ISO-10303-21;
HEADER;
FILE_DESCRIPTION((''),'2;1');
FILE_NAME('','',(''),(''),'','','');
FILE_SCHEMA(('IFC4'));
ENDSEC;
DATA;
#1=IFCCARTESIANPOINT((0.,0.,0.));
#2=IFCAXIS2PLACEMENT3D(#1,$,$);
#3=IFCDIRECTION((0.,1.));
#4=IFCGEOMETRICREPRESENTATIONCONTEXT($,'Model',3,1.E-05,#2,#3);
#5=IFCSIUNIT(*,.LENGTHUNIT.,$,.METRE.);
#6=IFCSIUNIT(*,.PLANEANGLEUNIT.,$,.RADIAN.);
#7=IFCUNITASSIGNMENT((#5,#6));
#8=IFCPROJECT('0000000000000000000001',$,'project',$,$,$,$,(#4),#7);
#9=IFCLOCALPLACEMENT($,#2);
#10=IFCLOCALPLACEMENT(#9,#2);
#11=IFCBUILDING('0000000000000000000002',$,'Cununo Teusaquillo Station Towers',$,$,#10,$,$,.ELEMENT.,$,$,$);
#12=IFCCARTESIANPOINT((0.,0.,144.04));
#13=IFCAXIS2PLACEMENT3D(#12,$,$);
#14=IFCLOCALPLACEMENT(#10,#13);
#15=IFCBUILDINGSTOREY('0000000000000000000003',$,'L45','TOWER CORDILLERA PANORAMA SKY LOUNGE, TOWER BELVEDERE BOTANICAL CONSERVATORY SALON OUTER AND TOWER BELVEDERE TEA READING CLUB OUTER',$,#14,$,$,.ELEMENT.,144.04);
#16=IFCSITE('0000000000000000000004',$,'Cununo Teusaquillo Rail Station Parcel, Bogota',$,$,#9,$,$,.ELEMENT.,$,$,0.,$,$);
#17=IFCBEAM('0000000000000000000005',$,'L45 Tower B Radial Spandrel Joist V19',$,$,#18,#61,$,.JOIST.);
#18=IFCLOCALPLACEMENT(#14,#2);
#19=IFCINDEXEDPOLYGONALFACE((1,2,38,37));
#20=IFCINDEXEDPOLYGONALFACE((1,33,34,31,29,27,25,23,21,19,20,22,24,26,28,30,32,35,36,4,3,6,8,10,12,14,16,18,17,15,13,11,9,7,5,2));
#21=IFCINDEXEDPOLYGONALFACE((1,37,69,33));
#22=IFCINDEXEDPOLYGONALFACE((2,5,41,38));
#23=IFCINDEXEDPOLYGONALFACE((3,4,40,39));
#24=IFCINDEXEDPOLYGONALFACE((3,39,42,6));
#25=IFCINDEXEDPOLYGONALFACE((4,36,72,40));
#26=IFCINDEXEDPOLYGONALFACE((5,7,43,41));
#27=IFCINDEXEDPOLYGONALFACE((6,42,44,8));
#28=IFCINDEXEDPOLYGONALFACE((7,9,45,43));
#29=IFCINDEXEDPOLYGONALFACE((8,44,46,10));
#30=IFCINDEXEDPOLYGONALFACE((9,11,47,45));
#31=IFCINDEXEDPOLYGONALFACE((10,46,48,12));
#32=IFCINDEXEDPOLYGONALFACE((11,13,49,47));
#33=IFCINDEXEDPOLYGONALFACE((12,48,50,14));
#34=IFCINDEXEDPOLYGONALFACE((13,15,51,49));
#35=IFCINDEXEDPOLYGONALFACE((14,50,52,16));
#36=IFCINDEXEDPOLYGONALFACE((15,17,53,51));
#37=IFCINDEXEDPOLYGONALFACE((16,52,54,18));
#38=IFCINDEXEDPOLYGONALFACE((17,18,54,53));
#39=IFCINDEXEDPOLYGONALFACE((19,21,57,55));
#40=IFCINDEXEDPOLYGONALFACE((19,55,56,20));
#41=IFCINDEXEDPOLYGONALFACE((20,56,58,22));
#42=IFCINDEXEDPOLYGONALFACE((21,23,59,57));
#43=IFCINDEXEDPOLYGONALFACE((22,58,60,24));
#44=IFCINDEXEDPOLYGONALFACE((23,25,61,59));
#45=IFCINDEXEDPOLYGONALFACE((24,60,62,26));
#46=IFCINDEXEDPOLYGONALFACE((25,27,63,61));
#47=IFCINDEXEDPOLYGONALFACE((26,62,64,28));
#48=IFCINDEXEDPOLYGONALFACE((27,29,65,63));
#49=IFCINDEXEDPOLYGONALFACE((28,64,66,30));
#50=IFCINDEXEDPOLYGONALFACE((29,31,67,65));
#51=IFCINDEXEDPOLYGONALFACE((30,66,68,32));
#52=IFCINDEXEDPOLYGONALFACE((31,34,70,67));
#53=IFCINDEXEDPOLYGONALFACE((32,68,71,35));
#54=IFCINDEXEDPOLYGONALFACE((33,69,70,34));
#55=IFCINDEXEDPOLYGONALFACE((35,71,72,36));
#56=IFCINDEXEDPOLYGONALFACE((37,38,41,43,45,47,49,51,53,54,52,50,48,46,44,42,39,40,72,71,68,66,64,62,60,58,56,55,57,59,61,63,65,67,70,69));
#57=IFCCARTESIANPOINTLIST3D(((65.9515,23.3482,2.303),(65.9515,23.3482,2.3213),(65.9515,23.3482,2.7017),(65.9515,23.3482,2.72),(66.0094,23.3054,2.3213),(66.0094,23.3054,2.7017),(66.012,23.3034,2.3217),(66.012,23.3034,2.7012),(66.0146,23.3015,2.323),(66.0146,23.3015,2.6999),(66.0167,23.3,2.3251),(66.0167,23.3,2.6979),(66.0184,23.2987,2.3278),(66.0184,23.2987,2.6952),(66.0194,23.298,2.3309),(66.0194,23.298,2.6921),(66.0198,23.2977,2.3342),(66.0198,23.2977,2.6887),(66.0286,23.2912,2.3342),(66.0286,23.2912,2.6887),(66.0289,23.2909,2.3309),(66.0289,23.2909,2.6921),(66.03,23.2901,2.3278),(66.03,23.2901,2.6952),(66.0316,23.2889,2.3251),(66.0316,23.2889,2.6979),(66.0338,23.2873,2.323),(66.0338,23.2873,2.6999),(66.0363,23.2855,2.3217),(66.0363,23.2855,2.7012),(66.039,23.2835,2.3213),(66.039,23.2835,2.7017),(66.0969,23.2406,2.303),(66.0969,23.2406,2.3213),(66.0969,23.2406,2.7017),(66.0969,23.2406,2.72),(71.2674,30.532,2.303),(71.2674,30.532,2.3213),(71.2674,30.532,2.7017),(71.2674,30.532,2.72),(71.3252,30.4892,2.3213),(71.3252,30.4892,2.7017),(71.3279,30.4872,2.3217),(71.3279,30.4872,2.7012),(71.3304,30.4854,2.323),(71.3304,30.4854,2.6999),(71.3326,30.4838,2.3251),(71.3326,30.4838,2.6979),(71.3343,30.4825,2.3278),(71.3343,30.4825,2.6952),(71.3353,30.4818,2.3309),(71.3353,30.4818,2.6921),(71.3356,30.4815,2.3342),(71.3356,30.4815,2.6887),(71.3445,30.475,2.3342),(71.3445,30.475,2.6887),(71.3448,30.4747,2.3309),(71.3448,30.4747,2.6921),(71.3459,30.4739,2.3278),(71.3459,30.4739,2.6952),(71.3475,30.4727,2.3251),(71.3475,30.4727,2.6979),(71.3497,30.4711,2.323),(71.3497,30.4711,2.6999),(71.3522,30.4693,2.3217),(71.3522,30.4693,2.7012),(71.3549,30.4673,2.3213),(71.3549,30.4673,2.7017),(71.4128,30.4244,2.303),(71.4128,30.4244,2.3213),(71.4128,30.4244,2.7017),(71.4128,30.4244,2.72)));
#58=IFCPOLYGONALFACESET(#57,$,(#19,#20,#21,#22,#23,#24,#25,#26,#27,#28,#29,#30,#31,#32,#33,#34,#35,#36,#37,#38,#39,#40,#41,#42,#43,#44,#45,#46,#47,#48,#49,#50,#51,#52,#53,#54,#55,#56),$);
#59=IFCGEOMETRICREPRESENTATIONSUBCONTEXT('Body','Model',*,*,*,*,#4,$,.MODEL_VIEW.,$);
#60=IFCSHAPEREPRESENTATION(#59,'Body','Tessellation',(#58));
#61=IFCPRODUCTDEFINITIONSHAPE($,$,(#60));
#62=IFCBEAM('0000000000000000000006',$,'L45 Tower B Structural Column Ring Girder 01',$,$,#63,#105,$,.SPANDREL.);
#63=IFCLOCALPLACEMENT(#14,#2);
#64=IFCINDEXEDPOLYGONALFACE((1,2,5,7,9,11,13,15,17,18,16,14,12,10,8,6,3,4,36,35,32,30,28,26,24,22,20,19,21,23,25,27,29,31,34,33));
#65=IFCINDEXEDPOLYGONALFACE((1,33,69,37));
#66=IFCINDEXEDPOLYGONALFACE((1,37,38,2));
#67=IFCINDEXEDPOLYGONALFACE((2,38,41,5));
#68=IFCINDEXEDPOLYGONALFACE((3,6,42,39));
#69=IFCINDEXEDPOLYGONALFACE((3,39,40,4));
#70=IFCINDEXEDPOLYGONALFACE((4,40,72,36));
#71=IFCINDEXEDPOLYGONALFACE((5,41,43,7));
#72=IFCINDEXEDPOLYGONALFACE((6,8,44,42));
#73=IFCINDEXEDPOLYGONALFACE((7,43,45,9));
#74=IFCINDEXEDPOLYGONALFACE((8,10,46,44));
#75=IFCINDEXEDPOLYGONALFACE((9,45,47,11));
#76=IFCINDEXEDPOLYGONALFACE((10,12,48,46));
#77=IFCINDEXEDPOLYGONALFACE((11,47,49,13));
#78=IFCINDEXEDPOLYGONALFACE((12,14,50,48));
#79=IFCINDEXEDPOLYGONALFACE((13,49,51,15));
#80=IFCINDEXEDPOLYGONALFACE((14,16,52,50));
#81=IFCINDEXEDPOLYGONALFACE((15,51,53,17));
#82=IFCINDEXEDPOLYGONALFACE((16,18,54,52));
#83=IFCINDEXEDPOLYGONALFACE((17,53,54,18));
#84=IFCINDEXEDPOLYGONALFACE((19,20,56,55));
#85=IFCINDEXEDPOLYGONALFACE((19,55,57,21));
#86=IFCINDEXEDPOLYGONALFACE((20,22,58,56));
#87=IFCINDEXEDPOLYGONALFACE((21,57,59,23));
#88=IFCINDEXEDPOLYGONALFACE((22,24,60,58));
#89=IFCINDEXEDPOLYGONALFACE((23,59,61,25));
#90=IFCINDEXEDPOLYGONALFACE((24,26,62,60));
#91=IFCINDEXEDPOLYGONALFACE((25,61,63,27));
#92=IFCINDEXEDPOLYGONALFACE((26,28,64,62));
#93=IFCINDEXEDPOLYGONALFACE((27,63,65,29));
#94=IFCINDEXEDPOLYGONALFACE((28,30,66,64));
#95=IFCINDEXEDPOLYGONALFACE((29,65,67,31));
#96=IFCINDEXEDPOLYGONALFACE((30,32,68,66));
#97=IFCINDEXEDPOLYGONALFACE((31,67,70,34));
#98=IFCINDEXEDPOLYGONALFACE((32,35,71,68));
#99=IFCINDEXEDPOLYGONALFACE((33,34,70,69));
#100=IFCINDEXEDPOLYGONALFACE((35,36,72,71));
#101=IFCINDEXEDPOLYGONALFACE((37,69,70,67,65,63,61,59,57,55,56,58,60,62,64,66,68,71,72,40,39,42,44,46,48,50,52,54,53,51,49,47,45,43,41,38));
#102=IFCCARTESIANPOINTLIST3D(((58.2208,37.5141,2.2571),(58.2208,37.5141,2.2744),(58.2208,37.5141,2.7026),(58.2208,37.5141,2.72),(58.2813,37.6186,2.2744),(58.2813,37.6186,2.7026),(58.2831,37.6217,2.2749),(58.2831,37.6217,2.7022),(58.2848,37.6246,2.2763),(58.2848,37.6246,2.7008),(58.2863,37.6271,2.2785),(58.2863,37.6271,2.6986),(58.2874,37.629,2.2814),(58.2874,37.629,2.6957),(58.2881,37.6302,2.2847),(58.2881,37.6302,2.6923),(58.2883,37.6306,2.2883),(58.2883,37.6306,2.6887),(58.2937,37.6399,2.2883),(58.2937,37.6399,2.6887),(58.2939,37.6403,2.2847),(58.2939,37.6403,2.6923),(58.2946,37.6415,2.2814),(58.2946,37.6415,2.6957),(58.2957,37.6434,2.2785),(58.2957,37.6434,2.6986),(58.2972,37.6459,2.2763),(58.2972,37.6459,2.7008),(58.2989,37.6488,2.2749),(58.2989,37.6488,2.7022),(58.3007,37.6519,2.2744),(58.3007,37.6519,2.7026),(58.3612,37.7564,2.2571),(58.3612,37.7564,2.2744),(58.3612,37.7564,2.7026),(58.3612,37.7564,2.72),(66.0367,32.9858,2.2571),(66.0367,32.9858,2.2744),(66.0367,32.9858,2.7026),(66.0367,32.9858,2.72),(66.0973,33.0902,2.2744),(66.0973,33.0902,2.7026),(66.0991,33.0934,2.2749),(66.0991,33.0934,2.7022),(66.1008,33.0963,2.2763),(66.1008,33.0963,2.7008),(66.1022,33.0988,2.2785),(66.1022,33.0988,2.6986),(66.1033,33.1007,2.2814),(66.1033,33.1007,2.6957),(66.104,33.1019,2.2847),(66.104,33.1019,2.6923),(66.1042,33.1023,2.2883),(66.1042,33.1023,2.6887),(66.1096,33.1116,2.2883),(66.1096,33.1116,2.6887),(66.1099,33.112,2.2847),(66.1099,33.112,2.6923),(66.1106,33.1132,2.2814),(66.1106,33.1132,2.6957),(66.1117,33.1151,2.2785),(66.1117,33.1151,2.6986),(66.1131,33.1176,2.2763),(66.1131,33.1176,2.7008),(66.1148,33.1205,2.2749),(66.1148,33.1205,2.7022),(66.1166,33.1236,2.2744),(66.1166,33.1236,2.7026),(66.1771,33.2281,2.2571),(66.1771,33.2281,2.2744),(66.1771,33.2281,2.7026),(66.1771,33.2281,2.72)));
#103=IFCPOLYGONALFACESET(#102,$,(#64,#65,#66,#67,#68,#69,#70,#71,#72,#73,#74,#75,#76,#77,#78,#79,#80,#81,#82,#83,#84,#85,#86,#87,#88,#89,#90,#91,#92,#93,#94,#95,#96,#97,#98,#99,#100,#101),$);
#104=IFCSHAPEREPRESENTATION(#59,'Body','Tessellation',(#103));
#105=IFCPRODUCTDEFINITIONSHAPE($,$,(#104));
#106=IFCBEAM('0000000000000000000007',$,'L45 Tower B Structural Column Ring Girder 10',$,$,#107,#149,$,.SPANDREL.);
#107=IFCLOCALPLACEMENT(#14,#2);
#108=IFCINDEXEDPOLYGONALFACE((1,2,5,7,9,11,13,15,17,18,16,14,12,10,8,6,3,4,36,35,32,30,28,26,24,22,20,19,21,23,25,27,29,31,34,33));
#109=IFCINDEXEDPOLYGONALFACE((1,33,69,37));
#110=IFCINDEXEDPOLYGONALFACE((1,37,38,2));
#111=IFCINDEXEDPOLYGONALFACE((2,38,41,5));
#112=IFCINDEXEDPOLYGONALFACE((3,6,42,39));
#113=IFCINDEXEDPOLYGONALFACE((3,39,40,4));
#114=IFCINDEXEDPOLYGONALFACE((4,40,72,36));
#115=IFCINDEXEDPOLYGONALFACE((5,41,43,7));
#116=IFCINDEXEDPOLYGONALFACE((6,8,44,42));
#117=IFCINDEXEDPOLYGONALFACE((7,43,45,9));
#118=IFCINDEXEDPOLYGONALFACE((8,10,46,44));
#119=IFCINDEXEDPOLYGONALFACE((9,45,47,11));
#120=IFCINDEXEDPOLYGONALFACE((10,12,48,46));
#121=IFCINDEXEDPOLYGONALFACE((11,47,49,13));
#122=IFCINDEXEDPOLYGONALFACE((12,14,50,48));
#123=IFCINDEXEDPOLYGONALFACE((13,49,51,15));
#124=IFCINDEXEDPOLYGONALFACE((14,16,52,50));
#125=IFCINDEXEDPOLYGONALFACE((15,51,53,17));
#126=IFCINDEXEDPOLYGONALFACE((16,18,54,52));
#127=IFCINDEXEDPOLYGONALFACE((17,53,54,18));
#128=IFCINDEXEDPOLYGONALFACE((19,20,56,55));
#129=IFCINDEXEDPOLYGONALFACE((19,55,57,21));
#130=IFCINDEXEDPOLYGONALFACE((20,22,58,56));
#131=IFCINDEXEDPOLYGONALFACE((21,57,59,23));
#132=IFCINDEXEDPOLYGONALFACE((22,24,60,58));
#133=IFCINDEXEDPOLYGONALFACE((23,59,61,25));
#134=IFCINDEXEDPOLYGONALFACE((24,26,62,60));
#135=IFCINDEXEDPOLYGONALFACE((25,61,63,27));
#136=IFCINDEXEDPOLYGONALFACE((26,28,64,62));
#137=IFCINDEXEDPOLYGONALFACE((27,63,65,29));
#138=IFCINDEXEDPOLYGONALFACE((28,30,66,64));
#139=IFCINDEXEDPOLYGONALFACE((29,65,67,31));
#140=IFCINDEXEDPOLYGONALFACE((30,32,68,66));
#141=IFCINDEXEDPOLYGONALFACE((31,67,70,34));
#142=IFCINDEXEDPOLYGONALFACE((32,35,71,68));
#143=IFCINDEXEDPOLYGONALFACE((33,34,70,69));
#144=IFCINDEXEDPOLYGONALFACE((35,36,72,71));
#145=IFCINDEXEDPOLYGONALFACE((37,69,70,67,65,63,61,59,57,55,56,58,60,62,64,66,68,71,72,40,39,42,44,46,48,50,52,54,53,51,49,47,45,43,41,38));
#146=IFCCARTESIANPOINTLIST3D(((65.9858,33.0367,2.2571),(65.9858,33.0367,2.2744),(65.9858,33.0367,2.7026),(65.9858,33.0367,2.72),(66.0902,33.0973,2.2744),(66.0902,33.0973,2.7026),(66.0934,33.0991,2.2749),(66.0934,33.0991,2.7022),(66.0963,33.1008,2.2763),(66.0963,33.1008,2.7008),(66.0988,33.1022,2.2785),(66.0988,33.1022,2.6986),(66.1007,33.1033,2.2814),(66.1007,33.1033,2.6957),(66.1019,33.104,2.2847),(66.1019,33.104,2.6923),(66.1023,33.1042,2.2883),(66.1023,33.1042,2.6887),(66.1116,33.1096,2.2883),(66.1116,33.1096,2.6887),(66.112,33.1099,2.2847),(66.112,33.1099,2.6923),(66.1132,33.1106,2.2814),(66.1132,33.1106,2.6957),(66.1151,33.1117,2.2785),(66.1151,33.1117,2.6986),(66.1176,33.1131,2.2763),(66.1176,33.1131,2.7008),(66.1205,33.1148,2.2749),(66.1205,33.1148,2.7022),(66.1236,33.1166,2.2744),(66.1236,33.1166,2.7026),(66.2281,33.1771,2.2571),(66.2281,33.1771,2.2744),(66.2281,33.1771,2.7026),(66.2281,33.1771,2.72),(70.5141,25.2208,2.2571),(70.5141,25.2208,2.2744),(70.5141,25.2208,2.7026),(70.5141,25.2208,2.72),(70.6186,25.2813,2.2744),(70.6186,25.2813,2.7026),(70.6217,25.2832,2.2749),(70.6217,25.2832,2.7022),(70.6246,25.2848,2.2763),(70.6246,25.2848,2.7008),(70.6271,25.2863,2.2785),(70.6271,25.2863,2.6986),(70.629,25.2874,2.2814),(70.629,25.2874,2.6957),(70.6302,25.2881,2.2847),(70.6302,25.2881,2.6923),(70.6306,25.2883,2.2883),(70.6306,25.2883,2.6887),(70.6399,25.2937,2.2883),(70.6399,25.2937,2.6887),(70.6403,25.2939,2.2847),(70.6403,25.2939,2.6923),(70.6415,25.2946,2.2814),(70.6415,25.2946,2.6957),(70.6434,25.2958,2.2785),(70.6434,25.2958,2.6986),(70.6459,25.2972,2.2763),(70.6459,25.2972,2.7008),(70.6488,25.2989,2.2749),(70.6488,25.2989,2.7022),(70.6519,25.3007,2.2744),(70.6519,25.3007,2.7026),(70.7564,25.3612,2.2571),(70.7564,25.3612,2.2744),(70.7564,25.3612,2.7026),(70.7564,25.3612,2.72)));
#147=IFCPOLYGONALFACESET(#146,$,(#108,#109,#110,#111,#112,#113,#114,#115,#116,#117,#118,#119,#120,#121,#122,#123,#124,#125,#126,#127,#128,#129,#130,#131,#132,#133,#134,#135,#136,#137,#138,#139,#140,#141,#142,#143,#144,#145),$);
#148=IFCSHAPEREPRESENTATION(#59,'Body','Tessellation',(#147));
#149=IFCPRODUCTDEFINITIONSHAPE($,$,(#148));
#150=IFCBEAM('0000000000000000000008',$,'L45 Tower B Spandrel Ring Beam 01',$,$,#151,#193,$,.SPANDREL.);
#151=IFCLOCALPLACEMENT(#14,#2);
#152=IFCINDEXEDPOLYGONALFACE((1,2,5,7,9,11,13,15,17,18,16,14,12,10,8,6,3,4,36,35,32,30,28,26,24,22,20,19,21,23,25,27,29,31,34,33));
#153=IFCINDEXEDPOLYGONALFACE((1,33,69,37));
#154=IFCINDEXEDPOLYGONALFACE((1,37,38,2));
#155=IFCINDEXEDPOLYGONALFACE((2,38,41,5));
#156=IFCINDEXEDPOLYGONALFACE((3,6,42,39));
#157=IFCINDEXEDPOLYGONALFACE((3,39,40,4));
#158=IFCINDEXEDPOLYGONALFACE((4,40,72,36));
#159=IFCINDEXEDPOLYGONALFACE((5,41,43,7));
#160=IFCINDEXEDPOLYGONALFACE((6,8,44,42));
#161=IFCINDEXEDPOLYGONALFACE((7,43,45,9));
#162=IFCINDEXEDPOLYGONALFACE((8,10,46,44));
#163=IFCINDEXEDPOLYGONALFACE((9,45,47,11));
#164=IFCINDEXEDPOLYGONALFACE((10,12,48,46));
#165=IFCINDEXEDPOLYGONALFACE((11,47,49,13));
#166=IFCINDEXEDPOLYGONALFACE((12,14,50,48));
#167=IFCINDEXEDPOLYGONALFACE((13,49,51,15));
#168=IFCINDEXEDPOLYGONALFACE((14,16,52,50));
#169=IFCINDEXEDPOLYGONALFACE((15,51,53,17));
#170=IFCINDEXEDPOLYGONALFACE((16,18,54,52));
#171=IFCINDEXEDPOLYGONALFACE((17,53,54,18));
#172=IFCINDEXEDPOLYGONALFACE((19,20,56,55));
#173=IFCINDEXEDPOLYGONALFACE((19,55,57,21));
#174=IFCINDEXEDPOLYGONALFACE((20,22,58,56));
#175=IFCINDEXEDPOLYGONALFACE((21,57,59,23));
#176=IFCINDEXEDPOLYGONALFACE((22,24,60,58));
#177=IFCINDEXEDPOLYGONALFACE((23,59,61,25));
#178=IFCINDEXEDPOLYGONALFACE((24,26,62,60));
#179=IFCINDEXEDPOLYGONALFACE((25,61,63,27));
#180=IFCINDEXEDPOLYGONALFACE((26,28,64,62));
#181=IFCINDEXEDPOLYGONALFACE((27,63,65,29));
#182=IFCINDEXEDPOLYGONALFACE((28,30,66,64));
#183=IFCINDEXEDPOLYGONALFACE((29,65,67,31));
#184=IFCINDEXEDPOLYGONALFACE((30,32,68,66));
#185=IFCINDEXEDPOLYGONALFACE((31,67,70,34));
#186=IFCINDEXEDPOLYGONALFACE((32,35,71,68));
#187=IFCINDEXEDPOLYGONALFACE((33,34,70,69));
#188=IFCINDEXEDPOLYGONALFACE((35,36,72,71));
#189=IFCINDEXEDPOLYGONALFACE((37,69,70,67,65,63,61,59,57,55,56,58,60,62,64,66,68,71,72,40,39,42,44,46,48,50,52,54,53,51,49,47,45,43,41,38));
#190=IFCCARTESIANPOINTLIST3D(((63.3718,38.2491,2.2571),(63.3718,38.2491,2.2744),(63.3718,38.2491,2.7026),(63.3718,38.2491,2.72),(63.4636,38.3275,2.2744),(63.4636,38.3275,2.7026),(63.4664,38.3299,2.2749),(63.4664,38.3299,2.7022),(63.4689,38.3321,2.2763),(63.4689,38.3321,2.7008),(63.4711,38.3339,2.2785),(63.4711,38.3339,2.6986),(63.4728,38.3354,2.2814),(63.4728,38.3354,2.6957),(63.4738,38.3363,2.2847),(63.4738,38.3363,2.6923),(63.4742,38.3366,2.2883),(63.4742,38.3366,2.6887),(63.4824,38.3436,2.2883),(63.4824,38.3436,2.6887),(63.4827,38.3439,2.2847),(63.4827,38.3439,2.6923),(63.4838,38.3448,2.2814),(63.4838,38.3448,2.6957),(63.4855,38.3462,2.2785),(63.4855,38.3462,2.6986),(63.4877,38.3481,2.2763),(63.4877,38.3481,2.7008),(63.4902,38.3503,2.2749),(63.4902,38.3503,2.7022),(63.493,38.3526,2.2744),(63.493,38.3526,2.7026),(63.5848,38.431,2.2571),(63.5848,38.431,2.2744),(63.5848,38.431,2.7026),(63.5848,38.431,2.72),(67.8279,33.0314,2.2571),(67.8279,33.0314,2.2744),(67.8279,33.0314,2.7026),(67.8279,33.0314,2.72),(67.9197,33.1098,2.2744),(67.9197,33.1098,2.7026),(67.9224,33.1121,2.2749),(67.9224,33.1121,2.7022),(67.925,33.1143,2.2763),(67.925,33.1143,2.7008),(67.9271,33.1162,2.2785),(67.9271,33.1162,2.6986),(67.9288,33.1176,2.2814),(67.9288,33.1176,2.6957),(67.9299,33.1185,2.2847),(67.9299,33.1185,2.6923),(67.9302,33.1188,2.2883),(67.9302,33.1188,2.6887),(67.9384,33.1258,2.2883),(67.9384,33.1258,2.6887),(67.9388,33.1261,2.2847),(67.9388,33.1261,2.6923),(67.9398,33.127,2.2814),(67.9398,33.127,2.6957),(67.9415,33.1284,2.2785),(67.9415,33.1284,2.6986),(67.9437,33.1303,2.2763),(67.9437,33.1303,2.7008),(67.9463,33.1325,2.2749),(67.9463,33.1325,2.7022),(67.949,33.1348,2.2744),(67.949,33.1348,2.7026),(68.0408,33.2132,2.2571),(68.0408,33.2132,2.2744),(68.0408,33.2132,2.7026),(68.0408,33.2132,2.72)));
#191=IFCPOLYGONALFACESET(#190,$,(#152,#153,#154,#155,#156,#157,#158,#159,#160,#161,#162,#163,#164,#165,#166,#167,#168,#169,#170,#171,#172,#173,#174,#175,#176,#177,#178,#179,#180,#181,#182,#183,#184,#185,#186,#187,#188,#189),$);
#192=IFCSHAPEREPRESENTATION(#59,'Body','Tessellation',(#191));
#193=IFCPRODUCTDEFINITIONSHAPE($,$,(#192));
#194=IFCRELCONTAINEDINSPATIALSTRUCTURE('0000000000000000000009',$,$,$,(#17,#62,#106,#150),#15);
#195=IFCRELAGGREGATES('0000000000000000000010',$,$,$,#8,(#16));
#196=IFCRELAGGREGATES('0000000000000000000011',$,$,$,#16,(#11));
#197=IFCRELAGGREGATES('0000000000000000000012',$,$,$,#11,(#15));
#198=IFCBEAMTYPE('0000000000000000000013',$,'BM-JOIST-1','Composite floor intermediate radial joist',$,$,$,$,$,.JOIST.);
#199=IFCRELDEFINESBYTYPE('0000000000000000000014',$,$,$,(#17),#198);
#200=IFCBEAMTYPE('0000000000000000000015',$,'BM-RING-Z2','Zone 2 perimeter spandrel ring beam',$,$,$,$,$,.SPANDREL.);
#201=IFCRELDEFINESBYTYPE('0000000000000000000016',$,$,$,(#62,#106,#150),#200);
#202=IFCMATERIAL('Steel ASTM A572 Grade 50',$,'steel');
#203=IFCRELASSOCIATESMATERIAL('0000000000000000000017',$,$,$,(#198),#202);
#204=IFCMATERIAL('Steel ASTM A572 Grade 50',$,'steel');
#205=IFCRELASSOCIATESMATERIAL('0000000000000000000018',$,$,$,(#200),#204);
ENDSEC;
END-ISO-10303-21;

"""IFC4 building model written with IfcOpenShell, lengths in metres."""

from ifc_helpers import new_model, si_unit, direction, frame, origin, origin_2d, place, context, subcontext, project, spatial, i_section, extrude, material, material_profile, profile_set, type_object, element, save


model = new_model("IFC4")

# Units and contexts
model_context = context("Model", 3, precision=1e-05, world=origin(), true_north=direction((0.0, 1.0)))
body_context = subcontext(model_context, "Body", "Model", "MODEL_VIEW")
ifc_project = project(units=[si_unit("LENGTHUNIT", "METRE"), si_unit("PLANEANGLEUNIT", "RADIAN")], contexts=[model_context])

# Site, building, storey
site_placement = place(None, origin())
site = spatial("IfcSite", under=ifc_project, at=site_placement, Name="Cununo Teusaquillo Rail Station Parcel, Bogota", CompositionType="ELEMENT", RefElevation=0.0)
building_placement = place(site_placement, origin())
building = spatial("IfcBuilding", under=site, at=building_placement, Name="Cununo Teusaquillo Station Towers", CompositionType="ELEMENT")
storey_placement = place(building_placement, frame((0.0, 0.0, 144.04)))
storey = spatial("IfcBuildingStorey", under=building, at=storey_placement, Name="L45", Description="TOWER CORDILLERA PANORAMA SKY LOUNGE, TOWER BELVEDERE BOTANICAL CONSERVATORY SALON OUTER AND TOWER BELVEDERE TEA READING CLUB OUTER", CompositionType="ELEMENT", Elevation=144.04)

# Beams
ifc_material_1 = material(Name="Steel ASTM A572 Grade 50", Category="steel")
ifc_material_profile_1 = material_profile(ifc_material_1, i_section(OverallWidth=0.1809, OverallDepth=0.417, WebThickness=0.011, FlangeThickness=0.0183, FilletRadius=0.0129, at=origin_2d()), Name="W16X57")
ifc_profile_set_1 = profile_set([ifc_material_profile_1], Name="Steel ASTM A572 Grade 50")
beam_type_1 = type_object("IfcBeamType", Name="BM-JOIST-1", Description="Composite floor intermediate radial joist", PredefinedType="JOIST", material=ifc_profile_set_1)
beam_1_placement = place(storey_placement, frame((66.0242, 23.2944, 2.5115), z_axis=(0.594834, 0.803848, 0.0), x_axis=(-0.803848, 0.594834, 0.0)))
element("IfcBeam", 1, at=beam_1_placement, inside=storey, type_object=beam_type_1, Name="L45 Tower B Radial Spandrel Joist V19", PredefinedType="JOIST", context=body_context, shape_type="SweptSolid", body=[
    extrude(i_section(OverallWidth=0.1809, OverallDepth=0.417, WebThickness=0.011, FlangeThickness=0.0183, FilletRadius=0.0129, at=origin_2d()), origin(), (0.0, 0.0, 1.0), 8.9368),
])
ifc_material_2 = material(Name="Steel ASTM A572 Grade 50", Category="steel")
ifc_material_profile_2 = material_profile(ifc_material_2, i_section(OverallWidth=0.28, OverallDepth=0.4629, WebThickness=0.0107, FlangeThickness=0.0173, FilletRadius=0.0139, at=origin_2d()), Name="W18X76")
ifc_profile_set_2 = profile_set([ifc_material_profile_2], Name="Steel ASTM A572 Grade 50")
beam_type_2 = type_object("IfcBeamType", Name="BM-RING-Z2", Description="Zone 2 perimeter spandrel ring beam", PredefinedType="SPANDREL", material=ifc_profile_set_2)
for number, where, z_axis, x_axis, name in (
    (2, (66.1069, 33.1069, 2.4885), (-0.865267, 0.501311, 0.0), (-0.501311, -0.865267, 0.0), "L45 Tower B Structural Column Ring Girder 01"),
    (3, (70.6353, 25.291, 2.4885), (-0.501311, 0.865267, 0.0), (-0.865267, -0.501311, 0.0), "L45 Tower B Structural Column Ring Girder 10"),
):
    element("IfcBeam", number, at=place(storey_placement, frame(where, z_axis=z_axis, x_axis=x_axis)), inside=storey, type_object=beam_type_2, Name=name, PredefinedType="SPANDREL", context=body_context, shape_type="SweptSolid", body=[
        extrude(i_section(OverallWidth=0.28, OverallDepth=0.4629, WebThickness=0.0107, FlangeThickness=0.0173, FilletRadius=0.0139, at=origin_2d()), origin(), (0.0, 0.0, 1.0), 9.033),
    ])
beam_2_placement = place(storey_placement, frame((67.9343, 33.1223, 2.4885), z_axis=(-0.649419, 0.760431, 0.0), x_axis=(-0.760431, -0.649419, 0.0)))
element("IfcBeam", 4, at=beam_2_placement, inside=storey, type_object=beam_type_2, Name="L45 Tower B Spandrel Ring Beam 01", PredefinedType="SPANDREL", context=body_context, shape_type="SweptSolid", body=[
    extrude(i_section(OverallWidth=0.28, OverallDepth=0.4629, WebThickness=0.0107, FlangeThickness=0.0173, FilletRadius=0.0139, at=origin_2d()), origin(), (0.0, 0.0, 1.0), 6.8616),
])

save(model, "model.ifc")
